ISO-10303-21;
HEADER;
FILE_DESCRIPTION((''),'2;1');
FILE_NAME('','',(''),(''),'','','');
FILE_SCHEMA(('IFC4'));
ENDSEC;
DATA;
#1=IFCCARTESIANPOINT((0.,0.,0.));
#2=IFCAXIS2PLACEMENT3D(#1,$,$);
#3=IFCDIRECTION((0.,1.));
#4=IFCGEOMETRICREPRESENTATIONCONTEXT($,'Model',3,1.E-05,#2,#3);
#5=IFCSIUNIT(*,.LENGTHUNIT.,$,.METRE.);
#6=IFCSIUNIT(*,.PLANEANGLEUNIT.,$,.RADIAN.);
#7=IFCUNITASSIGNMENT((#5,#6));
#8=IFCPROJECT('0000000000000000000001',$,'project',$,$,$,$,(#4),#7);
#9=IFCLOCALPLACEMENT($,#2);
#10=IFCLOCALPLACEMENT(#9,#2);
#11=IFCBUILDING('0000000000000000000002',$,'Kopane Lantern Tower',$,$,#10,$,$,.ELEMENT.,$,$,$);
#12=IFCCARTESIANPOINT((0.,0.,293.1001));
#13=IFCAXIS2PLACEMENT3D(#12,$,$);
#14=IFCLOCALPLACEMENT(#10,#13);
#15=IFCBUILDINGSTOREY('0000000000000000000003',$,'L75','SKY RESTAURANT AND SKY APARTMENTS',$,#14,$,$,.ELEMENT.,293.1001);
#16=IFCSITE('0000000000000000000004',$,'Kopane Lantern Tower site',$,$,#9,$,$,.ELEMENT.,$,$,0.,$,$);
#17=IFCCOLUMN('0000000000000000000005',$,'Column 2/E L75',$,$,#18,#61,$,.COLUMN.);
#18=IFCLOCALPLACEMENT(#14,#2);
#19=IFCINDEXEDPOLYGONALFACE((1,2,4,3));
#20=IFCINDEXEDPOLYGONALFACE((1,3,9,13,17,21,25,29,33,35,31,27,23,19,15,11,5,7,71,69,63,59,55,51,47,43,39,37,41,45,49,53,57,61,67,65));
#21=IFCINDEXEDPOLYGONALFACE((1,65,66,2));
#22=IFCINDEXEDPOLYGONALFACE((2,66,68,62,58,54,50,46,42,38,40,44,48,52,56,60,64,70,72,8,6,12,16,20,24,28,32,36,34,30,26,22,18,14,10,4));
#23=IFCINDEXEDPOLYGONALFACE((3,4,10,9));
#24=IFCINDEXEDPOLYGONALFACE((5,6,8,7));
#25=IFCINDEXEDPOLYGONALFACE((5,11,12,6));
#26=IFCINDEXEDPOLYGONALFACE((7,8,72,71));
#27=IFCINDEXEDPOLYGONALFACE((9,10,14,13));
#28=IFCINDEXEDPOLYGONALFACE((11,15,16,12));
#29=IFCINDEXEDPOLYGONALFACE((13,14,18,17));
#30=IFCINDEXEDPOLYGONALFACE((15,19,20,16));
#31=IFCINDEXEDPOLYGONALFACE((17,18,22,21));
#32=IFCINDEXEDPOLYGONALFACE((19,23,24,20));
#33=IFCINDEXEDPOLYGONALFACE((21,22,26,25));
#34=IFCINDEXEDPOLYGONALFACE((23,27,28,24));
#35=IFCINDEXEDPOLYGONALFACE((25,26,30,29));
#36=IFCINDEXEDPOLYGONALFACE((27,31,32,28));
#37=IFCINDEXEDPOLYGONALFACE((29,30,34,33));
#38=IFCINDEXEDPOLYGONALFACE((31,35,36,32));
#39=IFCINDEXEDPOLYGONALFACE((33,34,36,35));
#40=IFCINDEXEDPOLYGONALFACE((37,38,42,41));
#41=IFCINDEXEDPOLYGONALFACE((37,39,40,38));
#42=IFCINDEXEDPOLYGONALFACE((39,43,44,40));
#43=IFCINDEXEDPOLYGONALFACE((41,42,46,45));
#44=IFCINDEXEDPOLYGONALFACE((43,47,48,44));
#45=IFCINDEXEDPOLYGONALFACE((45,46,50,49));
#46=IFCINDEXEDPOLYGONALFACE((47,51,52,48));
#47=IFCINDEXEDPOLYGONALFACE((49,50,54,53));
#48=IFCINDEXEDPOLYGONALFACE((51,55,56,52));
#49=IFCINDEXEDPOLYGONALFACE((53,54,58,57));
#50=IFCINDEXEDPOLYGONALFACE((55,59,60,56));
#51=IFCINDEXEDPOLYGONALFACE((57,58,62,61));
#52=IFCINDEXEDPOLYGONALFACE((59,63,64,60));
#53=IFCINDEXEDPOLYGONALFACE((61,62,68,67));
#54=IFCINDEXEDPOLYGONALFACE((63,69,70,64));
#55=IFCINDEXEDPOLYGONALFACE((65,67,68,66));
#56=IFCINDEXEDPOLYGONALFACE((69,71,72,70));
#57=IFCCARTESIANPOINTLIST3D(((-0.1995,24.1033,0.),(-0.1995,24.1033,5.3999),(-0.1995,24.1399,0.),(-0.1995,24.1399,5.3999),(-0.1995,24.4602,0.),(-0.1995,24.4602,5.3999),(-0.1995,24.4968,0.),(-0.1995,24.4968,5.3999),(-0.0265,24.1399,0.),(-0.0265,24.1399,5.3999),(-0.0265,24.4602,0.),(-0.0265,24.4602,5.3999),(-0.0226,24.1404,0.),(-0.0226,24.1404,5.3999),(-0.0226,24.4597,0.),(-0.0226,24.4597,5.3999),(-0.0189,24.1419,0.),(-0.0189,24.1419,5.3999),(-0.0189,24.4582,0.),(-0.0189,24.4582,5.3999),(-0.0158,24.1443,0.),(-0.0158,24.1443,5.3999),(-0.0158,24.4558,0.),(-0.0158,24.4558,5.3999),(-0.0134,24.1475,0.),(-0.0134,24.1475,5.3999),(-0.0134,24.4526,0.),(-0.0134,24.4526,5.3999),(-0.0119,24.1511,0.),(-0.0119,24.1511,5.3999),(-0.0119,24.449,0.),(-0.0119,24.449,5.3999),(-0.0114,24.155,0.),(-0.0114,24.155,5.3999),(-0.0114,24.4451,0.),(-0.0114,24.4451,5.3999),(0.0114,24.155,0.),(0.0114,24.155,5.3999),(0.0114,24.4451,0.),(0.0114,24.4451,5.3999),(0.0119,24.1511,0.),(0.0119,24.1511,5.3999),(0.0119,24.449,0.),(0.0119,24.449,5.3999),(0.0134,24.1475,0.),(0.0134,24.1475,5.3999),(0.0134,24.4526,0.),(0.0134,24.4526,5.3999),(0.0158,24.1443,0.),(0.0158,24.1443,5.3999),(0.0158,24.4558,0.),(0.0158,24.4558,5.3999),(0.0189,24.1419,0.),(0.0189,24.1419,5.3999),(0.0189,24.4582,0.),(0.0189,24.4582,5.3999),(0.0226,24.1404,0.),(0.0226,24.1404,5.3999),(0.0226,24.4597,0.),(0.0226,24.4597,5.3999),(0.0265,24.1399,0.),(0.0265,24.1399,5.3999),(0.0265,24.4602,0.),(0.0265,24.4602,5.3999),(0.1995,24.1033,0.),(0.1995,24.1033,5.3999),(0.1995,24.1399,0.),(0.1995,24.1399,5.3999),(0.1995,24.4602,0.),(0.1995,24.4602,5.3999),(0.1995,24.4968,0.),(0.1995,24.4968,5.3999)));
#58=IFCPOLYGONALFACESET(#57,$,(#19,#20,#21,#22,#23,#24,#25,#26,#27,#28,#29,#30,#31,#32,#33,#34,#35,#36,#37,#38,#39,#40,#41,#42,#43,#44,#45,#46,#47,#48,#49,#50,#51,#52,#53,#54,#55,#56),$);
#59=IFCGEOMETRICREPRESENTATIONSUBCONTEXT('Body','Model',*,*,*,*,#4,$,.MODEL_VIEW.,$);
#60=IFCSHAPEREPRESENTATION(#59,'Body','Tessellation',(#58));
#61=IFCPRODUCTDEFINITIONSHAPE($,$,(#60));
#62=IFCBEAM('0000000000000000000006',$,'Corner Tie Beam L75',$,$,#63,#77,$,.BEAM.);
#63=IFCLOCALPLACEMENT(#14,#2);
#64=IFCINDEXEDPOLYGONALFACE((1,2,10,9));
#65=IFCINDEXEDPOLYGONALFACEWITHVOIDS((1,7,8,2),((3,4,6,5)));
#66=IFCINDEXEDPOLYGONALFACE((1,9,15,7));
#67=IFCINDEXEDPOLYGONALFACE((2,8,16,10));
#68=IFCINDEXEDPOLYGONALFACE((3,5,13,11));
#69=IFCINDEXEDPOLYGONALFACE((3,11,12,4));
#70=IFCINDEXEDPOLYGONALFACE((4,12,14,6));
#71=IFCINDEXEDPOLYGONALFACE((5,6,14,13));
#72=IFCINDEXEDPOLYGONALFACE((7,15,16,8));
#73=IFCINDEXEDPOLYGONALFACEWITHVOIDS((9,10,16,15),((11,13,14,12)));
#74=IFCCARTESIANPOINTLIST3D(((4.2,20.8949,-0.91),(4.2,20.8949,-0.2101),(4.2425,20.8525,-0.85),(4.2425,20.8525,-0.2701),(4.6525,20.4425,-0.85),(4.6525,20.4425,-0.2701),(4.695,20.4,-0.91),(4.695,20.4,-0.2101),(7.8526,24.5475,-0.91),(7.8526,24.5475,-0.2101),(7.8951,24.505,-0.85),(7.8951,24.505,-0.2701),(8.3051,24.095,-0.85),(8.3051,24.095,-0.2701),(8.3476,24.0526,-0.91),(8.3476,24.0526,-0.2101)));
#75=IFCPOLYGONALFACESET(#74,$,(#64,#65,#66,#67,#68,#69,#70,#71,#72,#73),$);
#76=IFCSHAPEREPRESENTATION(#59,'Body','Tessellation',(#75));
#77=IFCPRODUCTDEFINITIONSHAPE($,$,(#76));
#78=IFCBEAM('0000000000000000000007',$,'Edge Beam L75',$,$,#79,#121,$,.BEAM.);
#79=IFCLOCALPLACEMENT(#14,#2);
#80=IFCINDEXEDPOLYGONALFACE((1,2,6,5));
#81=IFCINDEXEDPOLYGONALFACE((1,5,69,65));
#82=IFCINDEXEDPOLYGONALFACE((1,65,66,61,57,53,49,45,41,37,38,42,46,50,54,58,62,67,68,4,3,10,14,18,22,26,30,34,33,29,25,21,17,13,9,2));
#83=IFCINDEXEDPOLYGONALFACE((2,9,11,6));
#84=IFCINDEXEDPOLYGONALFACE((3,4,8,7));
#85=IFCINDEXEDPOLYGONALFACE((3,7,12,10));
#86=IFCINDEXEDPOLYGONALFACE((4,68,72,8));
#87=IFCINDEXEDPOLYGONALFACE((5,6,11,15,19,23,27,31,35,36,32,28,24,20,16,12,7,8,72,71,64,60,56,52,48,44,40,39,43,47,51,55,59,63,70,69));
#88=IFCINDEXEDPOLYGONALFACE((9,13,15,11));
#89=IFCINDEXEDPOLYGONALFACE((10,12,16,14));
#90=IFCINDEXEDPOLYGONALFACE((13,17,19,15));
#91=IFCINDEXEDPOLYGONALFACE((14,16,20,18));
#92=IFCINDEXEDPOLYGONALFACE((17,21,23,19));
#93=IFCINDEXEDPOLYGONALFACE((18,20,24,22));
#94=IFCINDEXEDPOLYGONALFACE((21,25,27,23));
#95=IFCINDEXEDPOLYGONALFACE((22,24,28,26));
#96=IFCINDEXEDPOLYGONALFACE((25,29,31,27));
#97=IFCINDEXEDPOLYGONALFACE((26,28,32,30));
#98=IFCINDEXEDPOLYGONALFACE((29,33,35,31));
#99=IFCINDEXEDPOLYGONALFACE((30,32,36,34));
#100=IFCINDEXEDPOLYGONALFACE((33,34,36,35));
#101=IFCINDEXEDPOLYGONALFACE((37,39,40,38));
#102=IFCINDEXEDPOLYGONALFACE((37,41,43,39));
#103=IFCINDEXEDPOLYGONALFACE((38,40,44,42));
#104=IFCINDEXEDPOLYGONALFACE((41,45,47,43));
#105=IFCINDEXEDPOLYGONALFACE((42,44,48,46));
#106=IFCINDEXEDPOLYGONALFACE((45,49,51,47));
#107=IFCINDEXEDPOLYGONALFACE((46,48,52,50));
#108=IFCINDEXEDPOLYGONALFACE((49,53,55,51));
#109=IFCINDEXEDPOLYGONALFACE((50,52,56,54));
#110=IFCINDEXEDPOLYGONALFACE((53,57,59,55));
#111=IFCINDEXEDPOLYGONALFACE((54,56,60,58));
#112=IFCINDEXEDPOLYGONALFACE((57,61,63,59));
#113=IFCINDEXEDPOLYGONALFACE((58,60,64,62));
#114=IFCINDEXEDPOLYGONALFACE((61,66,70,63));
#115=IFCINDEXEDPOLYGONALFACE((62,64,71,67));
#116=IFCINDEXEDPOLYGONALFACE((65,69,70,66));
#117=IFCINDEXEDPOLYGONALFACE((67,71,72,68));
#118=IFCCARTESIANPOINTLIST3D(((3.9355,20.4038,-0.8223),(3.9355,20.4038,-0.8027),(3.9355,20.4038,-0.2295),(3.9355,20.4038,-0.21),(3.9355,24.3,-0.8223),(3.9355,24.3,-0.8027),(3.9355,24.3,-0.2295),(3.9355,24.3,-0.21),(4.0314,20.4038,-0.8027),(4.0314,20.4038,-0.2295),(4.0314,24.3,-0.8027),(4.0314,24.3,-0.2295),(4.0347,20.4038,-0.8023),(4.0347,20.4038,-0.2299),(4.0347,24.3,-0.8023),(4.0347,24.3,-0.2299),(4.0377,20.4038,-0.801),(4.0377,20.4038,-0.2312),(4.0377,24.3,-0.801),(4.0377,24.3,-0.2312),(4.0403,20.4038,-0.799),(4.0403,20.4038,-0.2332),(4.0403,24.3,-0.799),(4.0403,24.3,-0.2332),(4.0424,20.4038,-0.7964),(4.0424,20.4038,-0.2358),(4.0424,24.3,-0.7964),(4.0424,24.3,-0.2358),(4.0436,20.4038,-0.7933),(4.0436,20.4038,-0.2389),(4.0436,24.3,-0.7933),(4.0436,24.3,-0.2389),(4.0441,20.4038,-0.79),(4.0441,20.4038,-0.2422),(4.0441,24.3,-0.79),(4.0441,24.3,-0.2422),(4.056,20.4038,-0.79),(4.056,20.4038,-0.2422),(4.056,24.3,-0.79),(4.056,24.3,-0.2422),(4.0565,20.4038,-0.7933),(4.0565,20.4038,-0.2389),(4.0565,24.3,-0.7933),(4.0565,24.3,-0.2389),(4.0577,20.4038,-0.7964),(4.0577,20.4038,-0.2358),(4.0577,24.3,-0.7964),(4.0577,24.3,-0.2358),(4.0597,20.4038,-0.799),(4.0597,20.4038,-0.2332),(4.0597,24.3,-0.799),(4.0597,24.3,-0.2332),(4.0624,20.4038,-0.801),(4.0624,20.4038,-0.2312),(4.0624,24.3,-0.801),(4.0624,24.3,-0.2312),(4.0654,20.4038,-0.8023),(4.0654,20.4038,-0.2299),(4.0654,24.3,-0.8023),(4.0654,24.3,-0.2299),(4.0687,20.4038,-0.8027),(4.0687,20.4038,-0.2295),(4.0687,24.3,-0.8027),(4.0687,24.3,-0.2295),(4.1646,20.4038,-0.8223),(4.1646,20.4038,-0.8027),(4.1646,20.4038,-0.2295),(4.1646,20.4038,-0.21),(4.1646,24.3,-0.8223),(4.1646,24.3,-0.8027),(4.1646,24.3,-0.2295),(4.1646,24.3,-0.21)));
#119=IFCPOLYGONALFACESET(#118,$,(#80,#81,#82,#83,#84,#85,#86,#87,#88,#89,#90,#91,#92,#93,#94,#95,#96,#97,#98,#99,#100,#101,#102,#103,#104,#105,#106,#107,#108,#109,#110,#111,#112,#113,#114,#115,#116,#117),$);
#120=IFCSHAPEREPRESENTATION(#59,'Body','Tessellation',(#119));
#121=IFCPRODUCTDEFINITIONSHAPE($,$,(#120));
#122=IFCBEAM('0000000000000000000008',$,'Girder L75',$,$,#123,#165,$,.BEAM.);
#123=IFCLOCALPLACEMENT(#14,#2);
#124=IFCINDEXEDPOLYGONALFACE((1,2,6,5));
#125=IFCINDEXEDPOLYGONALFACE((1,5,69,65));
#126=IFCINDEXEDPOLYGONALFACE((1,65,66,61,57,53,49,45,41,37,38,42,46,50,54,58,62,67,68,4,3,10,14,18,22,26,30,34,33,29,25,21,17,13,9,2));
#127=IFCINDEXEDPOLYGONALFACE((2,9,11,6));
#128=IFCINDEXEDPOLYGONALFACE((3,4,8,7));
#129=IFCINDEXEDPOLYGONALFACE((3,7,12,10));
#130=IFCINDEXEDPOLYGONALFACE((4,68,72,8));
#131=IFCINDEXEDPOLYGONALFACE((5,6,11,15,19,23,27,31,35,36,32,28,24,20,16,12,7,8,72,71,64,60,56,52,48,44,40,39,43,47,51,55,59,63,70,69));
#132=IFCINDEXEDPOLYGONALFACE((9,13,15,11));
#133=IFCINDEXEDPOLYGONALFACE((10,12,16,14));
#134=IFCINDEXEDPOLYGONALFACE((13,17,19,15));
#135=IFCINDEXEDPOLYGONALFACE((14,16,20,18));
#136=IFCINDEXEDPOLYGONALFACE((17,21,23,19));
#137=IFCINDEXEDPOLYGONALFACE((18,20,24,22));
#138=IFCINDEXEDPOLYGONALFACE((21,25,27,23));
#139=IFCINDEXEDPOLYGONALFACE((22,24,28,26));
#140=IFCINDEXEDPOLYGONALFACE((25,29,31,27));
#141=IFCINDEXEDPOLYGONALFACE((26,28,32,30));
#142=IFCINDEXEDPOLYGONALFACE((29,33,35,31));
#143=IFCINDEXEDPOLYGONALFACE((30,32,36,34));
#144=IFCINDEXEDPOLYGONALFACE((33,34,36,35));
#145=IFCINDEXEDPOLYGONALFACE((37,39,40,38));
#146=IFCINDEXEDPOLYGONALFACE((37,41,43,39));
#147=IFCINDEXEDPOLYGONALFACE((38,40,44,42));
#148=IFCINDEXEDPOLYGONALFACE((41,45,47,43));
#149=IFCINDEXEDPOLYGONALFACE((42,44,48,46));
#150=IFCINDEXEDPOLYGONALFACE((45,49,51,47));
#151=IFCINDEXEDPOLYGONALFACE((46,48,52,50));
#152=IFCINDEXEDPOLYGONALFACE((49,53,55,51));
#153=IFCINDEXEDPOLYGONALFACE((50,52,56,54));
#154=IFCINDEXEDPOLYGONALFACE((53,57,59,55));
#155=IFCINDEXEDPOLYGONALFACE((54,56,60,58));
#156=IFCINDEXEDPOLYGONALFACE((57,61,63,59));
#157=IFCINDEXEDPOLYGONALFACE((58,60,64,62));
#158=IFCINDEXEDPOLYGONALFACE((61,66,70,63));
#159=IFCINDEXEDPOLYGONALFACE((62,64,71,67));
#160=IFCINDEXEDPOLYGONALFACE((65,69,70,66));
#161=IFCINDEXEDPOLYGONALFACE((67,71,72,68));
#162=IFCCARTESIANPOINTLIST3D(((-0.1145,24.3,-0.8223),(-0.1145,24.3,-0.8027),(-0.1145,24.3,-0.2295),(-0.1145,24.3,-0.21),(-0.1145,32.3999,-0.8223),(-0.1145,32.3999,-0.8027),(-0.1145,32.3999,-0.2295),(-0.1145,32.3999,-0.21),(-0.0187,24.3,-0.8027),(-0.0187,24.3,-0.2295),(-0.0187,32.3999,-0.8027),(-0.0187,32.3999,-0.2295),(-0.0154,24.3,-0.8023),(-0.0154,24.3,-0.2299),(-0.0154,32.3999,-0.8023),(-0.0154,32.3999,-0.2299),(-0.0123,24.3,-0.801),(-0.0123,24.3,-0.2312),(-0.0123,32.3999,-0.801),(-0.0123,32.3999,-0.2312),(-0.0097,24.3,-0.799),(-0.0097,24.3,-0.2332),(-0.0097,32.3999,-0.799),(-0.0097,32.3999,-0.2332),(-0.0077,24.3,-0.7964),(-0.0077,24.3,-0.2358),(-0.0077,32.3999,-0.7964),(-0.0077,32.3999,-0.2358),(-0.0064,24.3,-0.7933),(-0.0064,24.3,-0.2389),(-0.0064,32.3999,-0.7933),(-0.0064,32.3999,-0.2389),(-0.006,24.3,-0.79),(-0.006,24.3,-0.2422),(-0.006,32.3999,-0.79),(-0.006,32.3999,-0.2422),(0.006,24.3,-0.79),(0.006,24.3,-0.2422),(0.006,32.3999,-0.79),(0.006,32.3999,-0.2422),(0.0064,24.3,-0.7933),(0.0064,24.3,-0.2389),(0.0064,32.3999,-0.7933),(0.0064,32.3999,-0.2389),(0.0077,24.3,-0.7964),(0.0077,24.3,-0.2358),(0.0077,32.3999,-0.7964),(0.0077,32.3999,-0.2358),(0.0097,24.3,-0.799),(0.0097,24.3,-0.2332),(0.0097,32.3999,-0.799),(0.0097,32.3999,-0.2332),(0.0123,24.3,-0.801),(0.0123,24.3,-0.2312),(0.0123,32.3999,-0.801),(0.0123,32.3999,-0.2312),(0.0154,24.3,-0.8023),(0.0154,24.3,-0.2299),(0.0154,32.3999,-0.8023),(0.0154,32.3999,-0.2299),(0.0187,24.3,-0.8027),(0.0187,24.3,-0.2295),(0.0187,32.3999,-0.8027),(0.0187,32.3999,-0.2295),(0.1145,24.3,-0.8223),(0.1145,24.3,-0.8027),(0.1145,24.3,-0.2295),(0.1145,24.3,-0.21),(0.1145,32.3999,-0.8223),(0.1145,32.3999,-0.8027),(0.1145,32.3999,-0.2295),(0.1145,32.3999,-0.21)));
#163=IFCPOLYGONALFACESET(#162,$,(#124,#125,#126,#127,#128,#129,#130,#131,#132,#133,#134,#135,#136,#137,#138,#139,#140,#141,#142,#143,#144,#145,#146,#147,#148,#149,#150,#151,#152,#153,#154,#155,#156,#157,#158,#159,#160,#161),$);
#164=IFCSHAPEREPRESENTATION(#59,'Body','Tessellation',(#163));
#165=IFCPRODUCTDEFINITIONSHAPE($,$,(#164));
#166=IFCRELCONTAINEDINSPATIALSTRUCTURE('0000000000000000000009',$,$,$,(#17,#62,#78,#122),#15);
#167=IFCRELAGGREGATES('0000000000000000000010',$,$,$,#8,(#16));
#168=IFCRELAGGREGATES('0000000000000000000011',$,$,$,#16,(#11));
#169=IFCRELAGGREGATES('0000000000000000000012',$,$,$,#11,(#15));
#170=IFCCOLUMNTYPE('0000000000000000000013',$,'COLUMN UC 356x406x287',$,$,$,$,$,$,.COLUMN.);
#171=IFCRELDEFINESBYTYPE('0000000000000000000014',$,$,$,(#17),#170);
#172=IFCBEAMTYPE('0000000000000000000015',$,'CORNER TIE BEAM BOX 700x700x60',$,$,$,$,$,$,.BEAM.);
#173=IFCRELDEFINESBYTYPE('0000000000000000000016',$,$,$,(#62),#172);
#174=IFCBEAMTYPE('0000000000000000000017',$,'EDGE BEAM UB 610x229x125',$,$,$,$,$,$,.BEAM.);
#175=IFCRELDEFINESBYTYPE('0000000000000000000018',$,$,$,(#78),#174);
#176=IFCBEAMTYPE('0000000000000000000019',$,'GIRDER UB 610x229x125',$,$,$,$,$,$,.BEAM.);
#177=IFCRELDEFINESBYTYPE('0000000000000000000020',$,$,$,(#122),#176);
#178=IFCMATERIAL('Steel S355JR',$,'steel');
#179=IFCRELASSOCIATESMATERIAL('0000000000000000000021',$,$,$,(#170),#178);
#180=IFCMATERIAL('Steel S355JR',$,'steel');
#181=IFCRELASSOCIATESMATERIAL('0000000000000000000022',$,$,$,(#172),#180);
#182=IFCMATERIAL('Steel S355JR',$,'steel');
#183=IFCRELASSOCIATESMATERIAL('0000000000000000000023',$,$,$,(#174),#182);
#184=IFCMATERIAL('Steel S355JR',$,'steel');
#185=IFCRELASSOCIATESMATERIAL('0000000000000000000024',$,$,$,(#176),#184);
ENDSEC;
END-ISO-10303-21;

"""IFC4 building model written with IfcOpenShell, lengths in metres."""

from ifc_helpers import new_model, si_unit, direction, frame, origin, origin_2d, place, context, subcontext, project, spatial, hollow_rectangle, i_section, extrude, material, material_profile, profile_set, type_object, element, save


model = new_model("IFC4")

# Units and contexts
model_context = context("Model", 3, precision=1e-05, world=origin(), true_north=direction((0.0, 1.0)))
body_context = subcontext(model_context, "Body", "Model", "MODEL_VIEW")
ifc_project = project(units=[si_unit("LENGTHUNIT", "METRE"), si_unit("PLANEANGLEUNIT", "RADIAN")], contexts=[model_context])

# Site, building, storey
site_placement = place(None, origin())
site = spatial("IfcSite", under=ifc_project, at=site_placement, Name="Kopane Lantern Tower site", CompositionType="ELEMENT", RefElevation=0.0)
building_placement = place(site_placement, origin())
building = spatial("IfcBuilding", under=site, at=building_placement, Name="Kopane Lantern Tower", CompositionType="ELEMENT")
storey_placement = place(building_placement, frame((0.0, 0.0, 293.1001)))
storey = spatial("IfcBuildingStorey", under=building, at=storey_placement, Name="L75", Description="SKY RESTAURANT AND SKY APARTMENTS", CompositionType="ELEMENT", Elevation=293.1001)

# Column
ifc_material_1 = material(Name="Steel S355JR", Category="steel")
ifc_material_profile_1 = material_profile(ifc_material_1, i_section(OverallWidth=0.3989, OverallDepth=0.3936, WebThickness=0.0227, FlangeThickness=0.0366, FilletRadius=0.0151, at=origin_2d()), Name="UC 356x406x287")
ifc_profile_set_1 = profile_set([ifc_material_profile_1], Name="Steel S355JR")
column_type = type_object("IfcColumnType", Name="COLUMN UC 356x406x287", PredefinedType="COLUMN", material=ifc_profile_set_1)
column_placement = place(storey_placement, frame((0.0, 24.3, 0.0), z_axis=(0.0, 0.0, 1.0), x_axis=(1.0, 0.0, 0.0)))
element("IfcColumn", 1, at=column_placement, inside=storey, type_object=column_type, Name="Column 2/E L75", PredefinedType="COLUMN", context=body_context, shape_type="SweptSolid", body=[
    extrude(i_section(OverallWidth=0.3989, OverallDepth=0.3936, WebThickness=0.0227, FlangeThickness=0.0366, FilletRadius=0.0151, at=origin_2d()), origin(), (0.0, 0.0, 1.0), 5.3999),
])

# Beams
ifc_material_2 = material(Name="Steel S355JR", Category="steel")
ifc_material_profile_2 = material_profile(ifc_material_2, hollow_rectangle(XDim=0.7, YDim=0.7, WallThickness=0.0601, at=origin_2d()), Name="BOX 700x700x60")
ifc_profile_set_2 = profile_set([ifc_material_profile_2], Name="Steel S355JR")
beam_type_1 = type_object("IfcBeamType", Name="CORNER TIE BEAM BOX 700x700x60", PredefinedType="BEAM", material=ifc_profile_set_2)
beam_1_placement = place(storey_placement, frame((4.4475, 20.6475, -0.5601), z_axis=(0.707107, 0.707107, 0.0), x_axis=(-0.707107, 0.707107, 0.0)))
element("IfcBeam", 2, at=beam_1_placement, inside=storey, type_object=beam_type_1, Name="Corner Tie Beam L75", PredefinedType="BEAM", context=body_context, shape_type="SweptSolid", body=[
    extrude(hollow_rectangle(XDim=0.7, YDim=0.7, WallThickness=0.0601, at=origin_2d()), origin(), (0.0, 0.0, 1.0), 5.1655),
])
ifc_material_3 = material(Name="Steel S355JR", Category="steel")
ifc_material_profile_3 = material_profile(ifc_material_3, i_section(OverallWidth=0.229, OverallDepth=0.6123, WebThickness=0.012, FlangeThickness=0.0195, FilletRadius=0.0127, at=origin_2d()), Name="UB 610x229x125")
ifc_profile_set_3 = profile_set([ifc_material_profile_3], Name="Steel S355JR")
beam_type_2 = type_object("IfcBeamType", Name="EDGE BEAM UB 610x229x125", PredefinedType="BEAM", material=ifc_profile_set_3)
beam_2_placement = place(storey_placement, frame((4.05, 20.4038, -0.5161), z_axis=(0.0, 1.0, 0.0), x_axis=(-1.0, 0.0, 0.0)))
element("IfcBeam", 3, at=beam_2_placement, inside=storey, type_object=beam_type_2, Name="Edge Beam L75", PredefinedType="BEAM", context=body_context, shape_type="SweptSolid", body=[
    extrude(i_section(OverallWidth=0.229, OverallDepth=0.6123, WebThickness=0.012, FlangeThickness=0.0195, FilletRadius=0.0127, at=origin_2d()), origin(), (0.0, 0.0, 1.0), 3.8962),
])
ifc_material_4 = material(Name="Steel S355JR", Category="steel")
ifc_material_profile_4 = material_profile(ifc_material_4, i_section(OverallWidth=0.229, OverallDepth=0.6123, WebThickness=0.012, FlangeThickness=0.0195, FilletRadius=0.0127, at=origin_2d()), Name="UB 610x229x125")
ifc_profile_set_4 = profile_set([ifc_material_profile_4], Name="Steel S355JR")
beam_type_3 = type_object("IfcBeamType", Name="GIRDER UB 610x229x125", PredefinedType="BEAM", material=ifc_profile_set_4)
beam_3_placement = place(storey_placement, frame((0.0, 24.3, -0.5161), z_axis=(0.0, 1.0, 0.0), x_axis=(-1.0, 0.0, 0.0)))
element("IfcBeam", 4, at=beam_3_placement, inside=storey, type_object=beam_type_3, Name="Girder L75", PredefinedType="BEAM", context=body_context, shape_type="SweptSolid", body=[
    extrude(i_section(OverallWidth=0.229, OverallDepth=0.6123, WebThickness=0.012, FlangeThickness=0.0195, FilletRadius=0.0127, at=origin_2d()), origin(), (0.0, 0.0, 1.0), 8.0999),
])

save(model, "model.ifc")
